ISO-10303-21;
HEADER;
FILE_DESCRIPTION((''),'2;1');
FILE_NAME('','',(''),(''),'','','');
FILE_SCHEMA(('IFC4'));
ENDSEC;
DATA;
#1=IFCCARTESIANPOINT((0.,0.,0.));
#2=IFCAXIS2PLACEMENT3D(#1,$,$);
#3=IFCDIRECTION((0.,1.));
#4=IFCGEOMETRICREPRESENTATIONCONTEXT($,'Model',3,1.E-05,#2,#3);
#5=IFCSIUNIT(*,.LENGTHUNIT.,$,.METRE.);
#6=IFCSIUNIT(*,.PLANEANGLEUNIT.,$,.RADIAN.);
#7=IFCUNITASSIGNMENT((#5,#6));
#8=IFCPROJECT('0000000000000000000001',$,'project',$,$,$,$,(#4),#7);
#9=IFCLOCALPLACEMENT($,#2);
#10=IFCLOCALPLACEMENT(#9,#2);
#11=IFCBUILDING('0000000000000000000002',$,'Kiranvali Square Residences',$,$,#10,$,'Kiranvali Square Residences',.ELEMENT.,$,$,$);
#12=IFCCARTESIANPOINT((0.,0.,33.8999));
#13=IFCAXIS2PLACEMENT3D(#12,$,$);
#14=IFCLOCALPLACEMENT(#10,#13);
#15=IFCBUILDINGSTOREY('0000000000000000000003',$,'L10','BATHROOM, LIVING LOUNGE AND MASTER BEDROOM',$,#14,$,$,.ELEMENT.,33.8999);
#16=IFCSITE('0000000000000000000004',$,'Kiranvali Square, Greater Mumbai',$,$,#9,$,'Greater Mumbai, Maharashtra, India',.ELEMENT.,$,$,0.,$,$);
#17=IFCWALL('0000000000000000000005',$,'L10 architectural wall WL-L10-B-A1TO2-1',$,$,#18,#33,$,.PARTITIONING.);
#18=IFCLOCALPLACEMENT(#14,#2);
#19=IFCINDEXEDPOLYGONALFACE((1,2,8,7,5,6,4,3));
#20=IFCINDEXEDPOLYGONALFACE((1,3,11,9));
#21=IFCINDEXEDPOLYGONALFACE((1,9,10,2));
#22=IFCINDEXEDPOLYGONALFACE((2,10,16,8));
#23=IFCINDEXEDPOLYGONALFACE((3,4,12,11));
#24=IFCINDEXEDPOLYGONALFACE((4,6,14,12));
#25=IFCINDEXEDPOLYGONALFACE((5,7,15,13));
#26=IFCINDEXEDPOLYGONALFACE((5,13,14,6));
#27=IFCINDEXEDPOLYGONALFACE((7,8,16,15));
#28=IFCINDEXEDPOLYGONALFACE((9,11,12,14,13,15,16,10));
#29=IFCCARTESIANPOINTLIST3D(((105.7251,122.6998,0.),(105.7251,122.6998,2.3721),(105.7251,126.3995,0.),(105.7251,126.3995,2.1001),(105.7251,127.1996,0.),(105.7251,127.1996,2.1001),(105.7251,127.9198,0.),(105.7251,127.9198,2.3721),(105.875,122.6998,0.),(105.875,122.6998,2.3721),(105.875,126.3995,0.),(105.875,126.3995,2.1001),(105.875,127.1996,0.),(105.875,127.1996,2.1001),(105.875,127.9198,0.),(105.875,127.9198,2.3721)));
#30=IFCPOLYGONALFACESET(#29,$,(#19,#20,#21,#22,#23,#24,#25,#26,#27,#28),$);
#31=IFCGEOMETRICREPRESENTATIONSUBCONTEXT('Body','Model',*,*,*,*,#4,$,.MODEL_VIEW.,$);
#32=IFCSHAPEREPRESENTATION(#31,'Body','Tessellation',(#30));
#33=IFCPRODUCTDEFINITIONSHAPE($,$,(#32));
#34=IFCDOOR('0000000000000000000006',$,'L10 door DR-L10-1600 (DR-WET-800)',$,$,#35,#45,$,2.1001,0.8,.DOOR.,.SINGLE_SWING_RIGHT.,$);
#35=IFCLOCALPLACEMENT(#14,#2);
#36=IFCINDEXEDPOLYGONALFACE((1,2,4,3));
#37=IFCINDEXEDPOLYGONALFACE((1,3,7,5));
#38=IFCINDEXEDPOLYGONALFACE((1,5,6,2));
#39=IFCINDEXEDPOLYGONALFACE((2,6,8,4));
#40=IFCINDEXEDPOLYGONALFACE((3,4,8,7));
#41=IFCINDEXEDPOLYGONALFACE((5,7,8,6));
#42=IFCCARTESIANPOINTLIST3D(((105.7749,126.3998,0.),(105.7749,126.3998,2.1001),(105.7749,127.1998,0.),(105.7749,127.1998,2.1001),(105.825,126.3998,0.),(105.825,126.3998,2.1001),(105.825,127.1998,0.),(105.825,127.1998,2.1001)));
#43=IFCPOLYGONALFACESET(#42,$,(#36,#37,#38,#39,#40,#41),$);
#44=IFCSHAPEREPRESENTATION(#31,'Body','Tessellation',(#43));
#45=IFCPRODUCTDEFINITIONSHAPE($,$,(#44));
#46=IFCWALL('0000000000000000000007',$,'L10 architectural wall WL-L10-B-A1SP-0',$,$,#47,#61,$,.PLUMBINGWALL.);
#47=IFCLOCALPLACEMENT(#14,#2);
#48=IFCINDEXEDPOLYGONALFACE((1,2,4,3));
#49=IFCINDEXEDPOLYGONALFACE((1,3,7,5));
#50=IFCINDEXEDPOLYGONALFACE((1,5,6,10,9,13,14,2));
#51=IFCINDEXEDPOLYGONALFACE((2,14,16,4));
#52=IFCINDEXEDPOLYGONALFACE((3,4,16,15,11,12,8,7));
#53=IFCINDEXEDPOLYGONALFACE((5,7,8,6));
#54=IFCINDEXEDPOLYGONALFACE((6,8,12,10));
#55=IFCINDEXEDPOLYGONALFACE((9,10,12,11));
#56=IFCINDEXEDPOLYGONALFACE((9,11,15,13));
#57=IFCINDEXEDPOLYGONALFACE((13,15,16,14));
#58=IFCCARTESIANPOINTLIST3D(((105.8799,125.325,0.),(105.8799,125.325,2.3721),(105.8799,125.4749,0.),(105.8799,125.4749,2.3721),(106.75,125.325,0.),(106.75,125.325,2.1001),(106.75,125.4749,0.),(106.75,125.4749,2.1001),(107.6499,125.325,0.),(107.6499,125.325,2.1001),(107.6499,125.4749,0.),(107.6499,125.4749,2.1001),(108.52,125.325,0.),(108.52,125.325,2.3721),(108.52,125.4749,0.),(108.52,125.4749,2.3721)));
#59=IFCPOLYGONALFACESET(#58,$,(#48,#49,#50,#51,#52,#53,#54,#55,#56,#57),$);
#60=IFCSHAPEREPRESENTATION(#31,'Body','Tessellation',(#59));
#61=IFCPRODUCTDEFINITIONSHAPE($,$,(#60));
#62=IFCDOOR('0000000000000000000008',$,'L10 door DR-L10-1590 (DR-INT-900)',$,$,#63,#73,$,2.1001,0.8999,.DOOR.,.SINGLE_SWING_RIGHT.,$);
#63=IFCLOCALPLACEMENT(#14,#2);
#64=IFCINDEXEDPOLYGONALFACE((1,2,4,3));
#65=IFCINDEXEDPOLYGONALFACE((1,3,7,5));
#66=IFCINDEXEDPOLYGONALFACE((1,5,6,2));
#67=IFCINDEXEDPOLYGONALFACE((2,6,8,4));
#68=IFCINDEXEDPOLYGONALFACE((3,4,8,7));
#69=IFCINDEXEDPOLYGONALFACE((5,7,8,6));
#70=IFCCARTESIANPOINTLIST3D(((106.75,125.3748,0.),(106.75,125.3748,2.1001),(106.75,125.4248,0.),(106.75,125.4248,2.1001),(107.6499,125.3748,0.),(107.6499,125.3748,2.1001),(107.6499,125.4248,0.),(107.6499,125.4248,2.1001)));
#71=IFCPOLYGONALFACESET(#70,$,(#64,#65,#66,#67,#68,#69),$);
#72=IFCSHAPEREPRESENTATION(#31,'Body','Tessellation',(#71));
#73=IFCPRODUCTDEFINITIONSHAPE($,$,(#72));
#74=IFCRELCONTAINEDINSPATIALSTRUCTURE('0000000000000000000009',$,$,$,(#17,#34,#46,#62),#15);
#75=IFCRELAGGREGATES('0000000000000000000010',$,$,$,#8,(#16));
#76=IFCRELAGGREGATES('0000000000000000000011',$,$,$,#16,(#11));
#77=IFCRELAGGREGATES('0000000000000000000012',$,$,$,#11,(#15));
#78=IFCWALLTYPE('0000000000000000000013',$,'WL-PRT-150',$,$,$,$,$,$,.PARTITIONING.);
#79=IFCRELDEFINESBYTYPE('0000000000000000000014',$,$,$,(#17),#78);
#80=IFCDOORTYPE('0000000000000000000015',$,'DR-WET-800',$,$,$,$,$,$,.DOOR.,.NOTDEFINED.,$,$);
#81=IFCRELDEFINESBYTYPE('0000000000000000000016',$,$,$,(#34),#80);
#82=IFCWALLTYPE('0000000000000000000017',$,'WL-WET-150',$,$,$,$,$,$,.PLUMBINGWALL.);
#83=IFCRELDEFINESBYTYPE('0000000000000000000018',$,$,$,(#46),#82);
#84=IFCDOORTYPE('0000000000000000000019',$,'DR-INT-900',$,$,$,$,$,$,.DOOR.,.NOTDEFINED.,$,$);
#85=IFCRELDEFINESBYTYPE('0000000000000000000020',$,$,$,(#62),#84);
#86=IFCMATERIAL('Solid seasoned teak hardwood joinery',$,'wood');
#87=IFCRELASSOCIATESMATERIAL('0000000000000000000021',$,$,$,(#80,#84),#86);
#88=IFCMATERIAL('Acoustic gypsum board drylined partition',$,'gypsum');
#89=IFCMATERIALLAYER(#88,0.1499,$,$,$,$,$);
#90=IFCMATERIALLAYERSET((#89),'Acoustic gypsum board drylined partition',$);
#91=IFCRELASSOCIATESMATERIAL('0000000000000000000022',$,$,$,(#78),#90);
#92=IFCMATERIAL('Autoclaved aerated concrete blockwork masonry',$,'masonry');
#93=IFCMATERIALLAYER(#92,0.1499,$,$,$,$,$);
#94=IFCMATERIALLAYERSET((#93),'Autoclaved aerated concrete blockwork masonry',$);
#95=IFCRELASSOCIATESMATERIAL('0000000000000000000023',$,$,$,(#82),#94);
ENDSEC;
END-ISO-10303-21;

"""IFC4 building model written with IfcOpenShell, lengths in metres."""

from ifc_helpers import new_model, si_unit, direction, frame, frame_2d, origin, place, context, subcontext, project, spatial, rectangle, extrude, material, layer, layer_set, type_object, element, fill, save


model = new_model("IFC4")

# Units and contexts
model_context = context("Model", 3, precision=1e-05, world=origin(), true_north=direction((0.0, 1.0)))
body_context = subcontext(model_context, "Body", "Model", "MODEL_VIEW")
ifc_project = project(units=[si_unit("LENGTHUNIT", "METRE"), si_unit("PLANEANGLEUNIT", "RADIAN")], contexts=[model_context])

# Site, building, storey
site_placement = place(None, origin())
site = spatial("IfcSite", under=ifc_project, at=site_placement, Name="Kiranvali Square, Greater Mumbai", LongName="Greater Mumbai, Maharashtra, India", CompositionType="ELEMENT", RefElevation=0.0)
building_placement = place(site_placement, origin())
building = spatial("IfcBuilding", under=site, at=building_placement, Name="Kiranvali Square Residences", LongName="Kiranvali Square Residences", CompositionType="ELEMENT")
storey_placement = place(building_placement, frame((0.0, 0.0, 33.8999)))
storey = spatial("IfcBuildingStorey", under=building, at=storey_placement, Name="L10", Description="BATHROOM, LIVING LOUNGE AND MASTER BEDROOM", CompositionType="ELEMENT", Elevation=33.8999)

# Walls, openings, doors
ifc_material_1 = material(Name="Acoustic gypsum board drylined partition", Category="gypsum")
ifc_material_2 = material(Name="Solid seasoned teak hardwood joinery", Category="wood")
door_type_1 = type_object("IfcDoorType", Name="DR-WET-800", OperationType="NOTDEFINED", PredefinedType="DOOR", material=ifc_material_2)
ifc_layer_1 = layer(ifc_material_1, 0.1499)
ifc_layer_set_1 = layer_set([ifc_layer_1], Name="Acoustic gypsum board drylined partition")
wall_type_1 = type_object("IfcWallType", Name="WL-PRT-150", PredefinedType="PARTITIONING", material=ifc_layer_set_1)
wall_1_placement = place(storey_placement, frame((105.8, 122.7, 0.0), z_axis=(0.0, 0.0, 1.0), x_axis=(0.0, 1.0, 0.0)))
wall_1 = element("IfcWall", 1, at=wall_1_placement, inside=storey, type_object=wall_type_1, Name="L10 architectural wall WL-L10-B-A1TO2-1", PredefinedType="PARTITIONING", context=body_context, shape_type="SweptSolid", body=[
    extrude(rectangle(XDim=5.22, YDim=0.1499, at=frame_2d((2.6099, 0.0))), origin(), (0.0, 0.0, 1.0), 2.3721),
])
opening_1_placement = place(wall_1_placement, frame((3.6997, 0.0, 0.0)))
opening_1 = element("IfcOpeningElement", 2, at=opening_1_placement, cuts=wall_1, PredefinedType="OPENING", context=body_context, shape_type="SweptSolid", body=[
    extrude(rectangle(XDim=0.8, YDim=2.1001, at=frame_2d((0.3999, 1.05))), frame((0.0, 0.085, 0.0), z_axis=(0.0, -1.0, 0.0), x_axis=(1.0, 0.0, 0.0)), (0.0, 0.0, 1.0), 0.1699),
])
door_1_placement = place(opening_1_placement, frame((0.8, 0.0, 0.0), z_axis=(0.0, 0.0, 1.0), x_axis=(-1.0, 0.0, 0.0)))
door_1 = element("IfcDoor", 3, at=door_1_placement, inside=storey, type_object=door_type_1, Name="L10 door DR-L10-1600 (DR-WET-800)", OperationType="SINGLE_SWING_RIGHT", OverallHeight=2.1001, OverallWidth=0.8, PredefinedType="DOOR", context=body_context, shape_type="SweptSolid", body=[
    extrude(rectangle(XDim=0.8, YDim=2.1001, at=frame_2d((0.3999, 1.05))), frame((0.0, 0.0249, 0.0), z_axis=(0.0, -1.0, 0.0), x_axis=(1.0, 0.0, 0.0)), (0.0, 0.0, 1.0), 0.05),
])
fill(opening_1, door_1)
ifc_material_3 = material(Name="Autoclaved aerated concrete blockwork masonry", Category="masonry")
ifc_layer_2 = layer(ifc_material_3, 0.1499)
ifc_layer_set_2 = layer_set([ifc_layer_2], Name="Autoclaved aerated concrete blockwork masonry")
wall_type_2 = type_object("IfcWallType", Name="WL-WET-150", PredefinedType="PLUMBINGWALL", material=ifc_layer_set_2)
wall_2_placement = place(storey_placement, frame((108.52, 125.3999, 0.0), z_axis=(0.0, 0.0, 1.0), x_axis=(-1.0, 0.0, 0.0)))
wall_2 = element("IfcWall", 4, at=wall_2_placement, inside=storey, type_object=wall_type_2, Name="L10 architectural wall WL-L10-B-A1SP-0", PredefinedType="PLUMBINGWALL", context=body_context, shape_type="SweptSolid", body=[
    extrude(rectangle(XDim=2.6401, YDim=0.1499, at=frame_2d((1.3201, 0.0))), origin(), (0.0, 0.0, 1.0), 2.3721),
])
opening_2_placement = place(wall_2_placement, frame((0.8701, 0.0, 0.0)))
opening_2 = element("IfcOpeningElement", 5, at=opening_2_placement, cuts=wall_2, PredefinedType="OPENING", context=body_context, shape_type="SweptSolid", body=[
    extrude(rectangle(XDim=0.8999, YDim=2.1001, at=frame_2d((0.45, 1.05))), frame((0.0, 0.085, 0.0), z_axis=(0.0, -1.0, 0.0), x_axis=(1.0, 0.0, 0.0)), (0.0, 0.0, 1.0), 0.1699),
])
door_type_2 = type_object("IfcDoorType", Name="DR-INT-900", OperationType="NOTDEFINED", PredefinedType="DOOR", material=ifc_material_2)
door_2_placement = place(opening_2_placement, frame((0.8999, 0.0, 0.0), z_axis=(0.0, 0.0, 1.0), x_axis=(-1.0, 0.0, 0.0)))
door_2 = element("IfcDoor", 6, at=door_2_placement, inside=storey, type_object=door_type_2, Name="L10 door DR-L10-1590 (DR-INT-900)", OperationType="SINGLE_SWING_RIGHT", OverallHeight=2.1001, OverallWidth=0.8999, PredefinedType="DOOR", context=body_context, shape_type="SweptSolid", body=[
    extrude(rectangle(XDim=0.8999, YDim=2.1001, at=frame_2d((0.45, 1.05))), frame((0.0, 0.0249, 0.0), z_axis=(0.0, -1.0, 0.0), x_axis=(1.0, 0.0, 0.0)), (0.0, 0.0, 1.0), 0.05),
])
fill(opening_2, door_2)

save(model, "model.ifc")
